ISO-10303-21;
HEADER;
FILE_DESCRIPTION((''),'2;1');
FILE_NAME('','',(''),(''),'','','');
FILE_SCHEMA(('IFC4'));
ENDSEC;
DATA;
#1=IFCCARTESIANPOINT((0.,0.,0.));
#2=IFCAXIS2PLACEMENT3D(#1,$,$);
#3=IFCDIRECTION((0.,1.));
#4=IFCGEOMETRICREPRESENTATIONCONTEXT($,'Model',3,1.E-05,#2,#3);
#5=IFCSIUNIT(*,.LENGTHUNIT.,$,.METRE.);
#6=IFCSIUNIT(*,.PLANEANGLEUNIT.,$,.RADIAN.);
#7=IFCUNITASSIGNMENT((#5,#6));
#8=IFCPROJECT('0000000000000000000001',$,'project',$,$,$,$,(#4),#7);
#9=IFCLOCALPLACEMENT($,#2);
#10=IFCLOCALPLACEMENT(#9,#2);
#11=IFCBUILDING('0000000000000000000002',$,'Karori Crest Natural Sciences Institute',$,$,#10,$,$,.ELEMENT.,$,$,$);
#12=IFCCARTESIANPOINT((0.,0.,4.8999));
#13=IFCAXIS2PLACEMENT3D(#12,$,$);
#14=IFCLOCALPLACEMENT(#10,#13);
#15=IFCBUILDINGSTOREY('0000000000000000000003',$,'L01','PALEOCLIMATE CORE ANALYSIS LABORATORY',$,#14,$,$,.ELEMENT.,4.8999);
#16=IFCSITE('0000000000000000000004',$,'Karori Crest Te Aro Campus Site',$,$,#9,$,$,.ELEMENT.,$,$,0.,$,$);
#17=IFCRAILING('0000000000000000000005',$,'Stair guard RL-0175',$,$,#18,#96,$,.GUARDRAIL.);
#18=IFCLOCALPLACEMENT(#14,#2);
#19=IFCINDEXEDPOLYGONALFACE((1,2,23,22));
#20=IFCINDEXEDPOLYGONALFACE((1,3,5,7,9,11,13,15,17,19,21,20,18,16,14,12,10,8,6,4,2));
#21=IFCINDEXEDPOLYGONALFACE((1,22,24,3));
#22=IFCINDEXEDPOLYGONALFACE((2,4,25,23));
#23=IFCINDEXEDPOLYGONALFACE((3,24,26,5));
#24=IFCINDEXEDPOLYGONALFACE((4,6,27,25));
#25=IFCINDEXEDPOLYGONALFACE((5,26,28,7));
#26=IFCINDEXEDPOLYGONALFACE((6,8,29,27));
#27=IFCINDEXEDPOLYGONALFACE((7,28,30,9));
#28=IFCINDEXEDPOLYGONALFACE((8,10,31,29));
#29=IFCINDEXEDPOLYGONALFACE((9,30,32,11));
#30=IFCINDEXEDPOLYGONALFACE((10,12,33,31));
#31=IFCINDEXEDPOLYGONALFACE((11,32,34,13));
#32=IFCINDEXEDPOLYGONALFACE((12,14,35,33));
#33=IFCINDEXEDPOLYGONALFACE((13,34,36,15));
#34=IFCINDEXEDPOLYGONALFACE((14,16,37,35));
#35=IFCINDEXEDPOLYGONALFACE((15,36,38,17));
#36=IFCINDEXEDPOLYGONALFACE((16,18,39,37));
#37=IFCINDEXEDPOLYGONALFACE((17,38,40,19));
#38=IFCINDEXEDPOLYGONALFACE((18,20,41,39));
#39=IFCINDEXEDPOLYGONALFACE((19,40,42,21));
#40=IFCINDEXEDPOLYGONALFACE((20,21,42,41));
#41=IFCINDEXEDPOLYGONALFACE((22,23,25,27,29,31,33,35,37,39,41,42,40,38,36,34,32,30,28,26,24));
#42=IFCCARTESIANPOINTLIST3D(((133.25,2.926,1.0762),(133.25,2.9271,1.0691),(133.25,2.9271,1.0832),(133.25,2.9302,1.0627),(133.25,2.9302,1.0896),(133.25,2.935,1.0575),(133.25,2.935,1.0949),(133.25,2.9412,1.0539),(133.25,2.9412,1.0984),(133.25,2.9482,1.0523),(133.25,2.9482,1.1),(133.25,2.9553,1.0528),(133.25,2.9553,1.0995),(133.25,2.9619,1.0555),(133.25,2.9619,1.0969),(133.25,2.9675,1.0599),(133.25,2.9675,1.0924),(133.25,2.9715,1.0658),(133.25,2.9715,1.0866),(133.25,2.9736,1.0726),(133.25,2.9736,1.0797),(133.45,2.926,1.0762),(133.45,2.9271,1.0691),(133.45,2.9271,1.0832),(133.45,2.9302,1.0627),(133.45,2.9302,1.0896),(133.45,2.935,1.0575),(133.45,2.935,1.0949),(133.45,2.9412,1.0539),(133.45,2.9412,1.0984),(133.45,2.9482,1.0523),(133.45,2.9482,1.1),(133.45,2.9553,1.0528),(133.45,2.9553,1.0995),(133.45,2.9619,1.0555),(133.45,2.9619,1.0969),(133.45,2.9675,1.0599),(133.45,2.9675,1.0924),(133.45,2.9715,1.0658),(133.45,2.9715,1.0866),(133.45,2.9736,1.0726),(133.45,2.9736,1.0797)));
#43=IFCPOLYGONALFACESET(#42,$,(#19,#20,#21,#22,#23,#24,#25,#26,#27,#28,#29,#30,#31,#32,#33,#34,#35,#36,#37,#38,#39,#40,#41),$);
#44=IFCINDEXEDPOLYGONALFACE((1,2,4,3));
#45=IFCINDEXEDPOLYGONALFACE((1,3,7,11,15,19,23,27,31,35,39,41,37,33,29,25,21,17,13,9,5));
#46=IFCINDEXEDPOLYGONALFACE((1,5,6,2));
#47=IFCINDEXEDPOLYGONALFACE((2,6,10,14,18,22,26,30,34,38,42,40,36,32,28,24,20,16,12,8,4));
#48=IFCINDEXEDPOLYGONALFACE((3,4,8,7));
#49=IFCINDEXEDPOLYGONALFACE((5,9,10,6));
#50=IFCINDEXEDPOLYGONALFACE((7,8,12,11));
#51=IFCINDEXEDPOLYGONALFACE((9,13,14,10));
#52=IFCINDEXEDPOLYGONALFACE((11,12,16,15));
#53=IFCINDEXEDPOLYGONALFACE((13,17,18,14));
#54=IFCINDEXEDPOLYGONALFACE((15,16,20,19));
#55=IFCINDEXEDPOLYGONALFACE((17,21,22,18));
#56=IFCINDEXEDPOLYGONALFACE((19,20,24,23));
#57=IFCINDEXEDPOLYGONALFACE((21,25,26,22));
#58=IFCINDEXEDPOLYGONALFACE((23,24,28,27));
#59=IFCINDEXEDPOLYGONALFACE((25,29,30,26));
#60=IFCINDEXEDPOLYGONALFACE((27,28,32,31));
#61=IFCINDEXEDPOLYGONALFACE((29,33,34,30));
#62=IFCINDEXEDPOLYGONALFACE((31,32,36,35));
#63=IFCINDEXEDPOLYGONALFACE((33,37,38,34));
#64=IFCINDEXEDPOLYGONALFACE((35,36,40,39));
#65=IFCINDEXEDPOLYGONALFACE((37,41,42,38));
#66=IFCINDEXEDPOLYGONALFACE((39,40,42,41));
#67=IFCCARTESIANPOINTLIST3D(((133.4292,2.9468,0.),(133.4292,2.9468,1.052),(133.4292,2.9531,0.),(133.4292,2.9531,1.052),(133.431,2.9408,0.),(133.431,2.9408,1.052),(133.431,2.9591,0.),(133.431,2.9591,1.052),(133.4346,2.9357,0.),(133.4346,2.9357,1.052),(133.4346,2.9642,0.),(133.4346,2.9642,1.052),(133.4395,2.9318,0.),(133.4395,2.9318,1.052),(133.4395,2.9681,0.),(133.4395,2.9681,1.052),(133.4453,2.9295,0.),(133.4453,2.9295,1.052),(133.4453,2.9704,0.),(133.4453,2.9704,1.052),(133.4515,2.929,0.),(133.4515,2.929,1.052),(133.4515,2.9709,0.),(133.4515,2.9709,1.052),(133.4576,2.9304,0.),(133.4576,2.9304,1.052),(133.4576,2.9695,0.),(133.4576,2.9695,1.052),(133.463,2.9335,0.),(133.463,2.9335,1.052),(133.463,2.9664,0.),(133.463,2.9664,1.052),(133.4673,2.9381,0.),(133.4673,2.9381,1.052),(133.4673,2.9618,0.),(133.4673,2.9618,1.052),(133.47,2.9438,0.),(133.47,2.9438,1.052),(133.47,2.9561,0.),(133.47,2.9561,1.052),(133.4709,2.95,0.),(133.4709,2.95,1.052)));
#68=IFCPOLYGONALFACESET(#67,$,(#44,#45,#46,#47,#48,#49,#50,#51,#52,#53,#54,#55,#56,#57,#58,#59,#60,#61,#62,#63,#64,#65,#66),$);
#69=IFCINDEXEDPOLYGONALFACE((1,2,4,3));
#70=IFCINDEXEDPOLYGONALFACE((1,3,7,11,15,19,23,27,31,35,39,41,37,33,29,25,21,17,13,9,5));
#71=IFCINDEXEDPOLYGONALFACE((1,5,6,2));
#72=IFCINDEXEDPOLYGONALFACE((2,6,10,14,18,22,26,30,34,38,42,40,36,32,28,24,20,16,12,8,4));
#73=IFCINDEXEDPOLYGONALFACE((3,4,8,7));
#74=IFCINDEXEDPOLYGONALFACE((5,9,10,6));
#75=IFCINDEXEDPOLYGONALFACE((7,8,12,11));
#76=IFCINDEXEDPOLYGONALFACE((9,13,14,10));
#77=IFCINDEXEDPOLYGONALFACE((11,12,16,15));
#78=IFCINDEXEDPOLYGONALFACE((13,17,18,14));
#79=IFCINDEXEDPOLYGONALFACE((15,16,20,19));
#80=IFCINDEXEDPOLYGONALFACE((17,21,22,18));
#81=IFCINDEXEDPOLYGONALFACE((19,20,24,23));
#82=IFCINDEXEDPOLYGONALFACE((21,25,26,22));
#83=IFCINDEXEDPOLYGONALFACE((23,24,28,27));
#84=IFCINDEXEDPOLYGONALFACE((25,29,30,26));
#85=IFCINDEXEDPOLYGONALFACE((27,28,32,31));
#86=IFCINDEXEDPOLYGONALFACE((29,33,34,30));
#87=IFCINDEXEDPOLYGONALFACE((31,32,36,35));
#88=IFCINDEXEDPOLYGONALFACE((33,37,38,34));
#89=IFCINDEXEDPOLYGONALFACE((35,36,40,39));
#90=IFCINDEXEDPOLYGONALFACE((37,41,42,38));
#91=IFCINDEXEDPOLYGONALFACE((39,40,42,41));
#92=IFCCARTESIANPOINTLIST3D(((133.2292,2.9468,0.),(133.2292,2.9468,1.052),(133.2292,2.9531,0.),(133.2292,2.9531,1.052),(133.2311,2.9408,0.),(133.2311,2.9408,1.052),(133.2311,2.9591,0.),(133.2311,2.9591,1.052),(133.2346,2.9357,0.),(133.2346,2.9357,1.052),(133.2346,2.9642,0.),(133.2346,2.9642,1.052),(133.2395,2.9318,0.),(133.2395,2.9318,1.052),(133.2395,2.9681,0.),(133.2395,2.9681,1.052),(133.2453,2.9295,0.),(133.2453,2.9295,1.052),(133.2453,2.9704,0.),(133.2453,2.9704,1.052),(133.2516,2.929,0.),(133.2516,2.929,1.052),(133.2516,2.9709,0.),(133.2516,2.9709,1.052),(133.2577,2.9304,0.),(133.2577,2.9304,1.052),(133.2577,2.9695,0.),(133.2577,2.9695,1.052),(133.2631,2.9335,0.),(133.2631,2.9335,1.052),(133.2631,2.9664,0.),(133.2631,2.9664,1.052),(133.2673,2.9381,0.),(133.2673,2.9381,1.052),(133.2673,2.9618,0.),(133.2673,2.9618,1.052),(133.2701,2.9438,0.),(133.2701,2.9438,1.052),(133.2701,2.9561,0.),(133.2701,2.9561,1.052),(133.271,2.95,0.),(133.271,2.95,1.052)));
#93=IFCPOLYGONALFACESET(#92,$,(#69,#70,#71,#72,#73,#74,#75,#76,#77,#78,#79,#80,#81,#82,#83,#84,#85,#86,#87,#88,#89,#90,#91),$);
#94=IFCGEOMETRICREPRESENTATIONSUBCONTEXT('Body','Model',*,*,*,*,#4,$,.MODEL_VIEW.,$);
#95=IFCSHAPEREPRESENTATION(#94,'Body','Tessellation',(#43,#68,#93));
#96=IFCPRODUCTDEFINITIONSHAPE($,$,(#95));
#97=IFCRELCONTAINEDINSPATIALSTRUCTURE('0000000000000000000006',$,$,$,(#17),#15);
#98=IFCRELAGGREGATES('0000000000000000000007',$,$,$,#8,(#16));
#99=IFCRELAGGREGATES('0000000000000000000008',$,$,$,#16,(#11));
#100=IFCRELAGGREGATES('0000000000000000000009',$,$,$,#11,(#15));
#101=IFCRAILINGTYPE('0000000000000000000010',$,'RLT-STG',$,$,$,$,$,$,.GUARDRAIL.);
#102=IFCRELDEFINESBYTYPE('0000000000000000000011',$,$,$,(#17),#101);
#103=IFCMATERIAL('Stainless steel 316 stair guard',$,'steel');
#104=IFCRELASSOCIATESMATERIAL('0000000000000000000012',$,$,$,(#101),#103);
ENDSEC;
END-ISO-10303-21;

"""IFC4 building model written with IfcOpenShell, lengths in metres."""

from ifc_helpers import new_model, si_unit, direction, frame, origin, origin_2d, place, context, subcontext, project, spatial, circle, extrude, material, type_object, element, save


model = new_model("IFC4")

# Units and contexts
model_context = context("Model", 3, precision=1e-05, world=origin(), true_north=direction((0.0, 1.0)))
body_context = subcontext(model_context, "Body", "Model", "MODEL_VIEW")
ifc_project = project(units=[si_unit("LENGTHUNIT", "METRE"), si_unit("PLANEANGLEUNIT", "RADIAN")], contexts=[model_context])

# Site, building, storey
site_placement = place(None, origin())
site = spatial("IfcSite", under=ifc_project, at=site_placement, Name="Karori Crest Te Aro Campus Site", CompositionType="ELEMENT", RefElevation=0.0)
building_placement = place(site_placement, origin())
building = spatial("IfcBuilding", under=site, at=building_placement, Name="Karori Crest Natural Sciences Institute", CompositionType="ELEMENT")
storey_placement = place(building_placement, frame((0.0, 0.0, 4.8999)))
storey = spatial("IfcBuildingStorey", under=building, at=storey_placement, Name="L01", Description="PALEOCLIMATE CORE ANALYSIS LABORATORY", CompositionType="ELEMENT", Elevation=4.8999)

# Railing
ifc_material_1 = material(Name="Stainless steel 316 stair guard", Category="steel")
railing_type_1 = type_object("IfcRailingType", Name="RLT-STG", PredefinedType="GUARDRAIL", material=ifc_material_1)
railing_1_placement = place(storey_placement, frame((133.45, 2.95, 0.0)))
element("IfcRailing", 1, at=railing_1_placement, inside=storey, type_object=railing_type_1, Name="Stair guard RL-0175", PredefinedType="GUARDRAIL", context=body_context, shape_type="SweptSolid", body=[
    extrude(circle(Radius=0.0239, at=origin_2d()), frame((0.0, 0.0, 1.0762), z_axis=(-1.0, 0.0, 0.0), x_axis=(0.0, -1.0, 0.0)), (0.0, 0.0, 1.0), 0.2),
    extrude(circle(Radius=0.021, at=origin_2d()), origin(), (0.0, 0.0, 1.0), 1.052),
    extrude(circle(Radius=0.021, at=origin_2d()), frame((-0.2, 0.0, 0.0)), (0.0, 0.0, 1.0), 1.052),
])

save(model, "model.ifc")
